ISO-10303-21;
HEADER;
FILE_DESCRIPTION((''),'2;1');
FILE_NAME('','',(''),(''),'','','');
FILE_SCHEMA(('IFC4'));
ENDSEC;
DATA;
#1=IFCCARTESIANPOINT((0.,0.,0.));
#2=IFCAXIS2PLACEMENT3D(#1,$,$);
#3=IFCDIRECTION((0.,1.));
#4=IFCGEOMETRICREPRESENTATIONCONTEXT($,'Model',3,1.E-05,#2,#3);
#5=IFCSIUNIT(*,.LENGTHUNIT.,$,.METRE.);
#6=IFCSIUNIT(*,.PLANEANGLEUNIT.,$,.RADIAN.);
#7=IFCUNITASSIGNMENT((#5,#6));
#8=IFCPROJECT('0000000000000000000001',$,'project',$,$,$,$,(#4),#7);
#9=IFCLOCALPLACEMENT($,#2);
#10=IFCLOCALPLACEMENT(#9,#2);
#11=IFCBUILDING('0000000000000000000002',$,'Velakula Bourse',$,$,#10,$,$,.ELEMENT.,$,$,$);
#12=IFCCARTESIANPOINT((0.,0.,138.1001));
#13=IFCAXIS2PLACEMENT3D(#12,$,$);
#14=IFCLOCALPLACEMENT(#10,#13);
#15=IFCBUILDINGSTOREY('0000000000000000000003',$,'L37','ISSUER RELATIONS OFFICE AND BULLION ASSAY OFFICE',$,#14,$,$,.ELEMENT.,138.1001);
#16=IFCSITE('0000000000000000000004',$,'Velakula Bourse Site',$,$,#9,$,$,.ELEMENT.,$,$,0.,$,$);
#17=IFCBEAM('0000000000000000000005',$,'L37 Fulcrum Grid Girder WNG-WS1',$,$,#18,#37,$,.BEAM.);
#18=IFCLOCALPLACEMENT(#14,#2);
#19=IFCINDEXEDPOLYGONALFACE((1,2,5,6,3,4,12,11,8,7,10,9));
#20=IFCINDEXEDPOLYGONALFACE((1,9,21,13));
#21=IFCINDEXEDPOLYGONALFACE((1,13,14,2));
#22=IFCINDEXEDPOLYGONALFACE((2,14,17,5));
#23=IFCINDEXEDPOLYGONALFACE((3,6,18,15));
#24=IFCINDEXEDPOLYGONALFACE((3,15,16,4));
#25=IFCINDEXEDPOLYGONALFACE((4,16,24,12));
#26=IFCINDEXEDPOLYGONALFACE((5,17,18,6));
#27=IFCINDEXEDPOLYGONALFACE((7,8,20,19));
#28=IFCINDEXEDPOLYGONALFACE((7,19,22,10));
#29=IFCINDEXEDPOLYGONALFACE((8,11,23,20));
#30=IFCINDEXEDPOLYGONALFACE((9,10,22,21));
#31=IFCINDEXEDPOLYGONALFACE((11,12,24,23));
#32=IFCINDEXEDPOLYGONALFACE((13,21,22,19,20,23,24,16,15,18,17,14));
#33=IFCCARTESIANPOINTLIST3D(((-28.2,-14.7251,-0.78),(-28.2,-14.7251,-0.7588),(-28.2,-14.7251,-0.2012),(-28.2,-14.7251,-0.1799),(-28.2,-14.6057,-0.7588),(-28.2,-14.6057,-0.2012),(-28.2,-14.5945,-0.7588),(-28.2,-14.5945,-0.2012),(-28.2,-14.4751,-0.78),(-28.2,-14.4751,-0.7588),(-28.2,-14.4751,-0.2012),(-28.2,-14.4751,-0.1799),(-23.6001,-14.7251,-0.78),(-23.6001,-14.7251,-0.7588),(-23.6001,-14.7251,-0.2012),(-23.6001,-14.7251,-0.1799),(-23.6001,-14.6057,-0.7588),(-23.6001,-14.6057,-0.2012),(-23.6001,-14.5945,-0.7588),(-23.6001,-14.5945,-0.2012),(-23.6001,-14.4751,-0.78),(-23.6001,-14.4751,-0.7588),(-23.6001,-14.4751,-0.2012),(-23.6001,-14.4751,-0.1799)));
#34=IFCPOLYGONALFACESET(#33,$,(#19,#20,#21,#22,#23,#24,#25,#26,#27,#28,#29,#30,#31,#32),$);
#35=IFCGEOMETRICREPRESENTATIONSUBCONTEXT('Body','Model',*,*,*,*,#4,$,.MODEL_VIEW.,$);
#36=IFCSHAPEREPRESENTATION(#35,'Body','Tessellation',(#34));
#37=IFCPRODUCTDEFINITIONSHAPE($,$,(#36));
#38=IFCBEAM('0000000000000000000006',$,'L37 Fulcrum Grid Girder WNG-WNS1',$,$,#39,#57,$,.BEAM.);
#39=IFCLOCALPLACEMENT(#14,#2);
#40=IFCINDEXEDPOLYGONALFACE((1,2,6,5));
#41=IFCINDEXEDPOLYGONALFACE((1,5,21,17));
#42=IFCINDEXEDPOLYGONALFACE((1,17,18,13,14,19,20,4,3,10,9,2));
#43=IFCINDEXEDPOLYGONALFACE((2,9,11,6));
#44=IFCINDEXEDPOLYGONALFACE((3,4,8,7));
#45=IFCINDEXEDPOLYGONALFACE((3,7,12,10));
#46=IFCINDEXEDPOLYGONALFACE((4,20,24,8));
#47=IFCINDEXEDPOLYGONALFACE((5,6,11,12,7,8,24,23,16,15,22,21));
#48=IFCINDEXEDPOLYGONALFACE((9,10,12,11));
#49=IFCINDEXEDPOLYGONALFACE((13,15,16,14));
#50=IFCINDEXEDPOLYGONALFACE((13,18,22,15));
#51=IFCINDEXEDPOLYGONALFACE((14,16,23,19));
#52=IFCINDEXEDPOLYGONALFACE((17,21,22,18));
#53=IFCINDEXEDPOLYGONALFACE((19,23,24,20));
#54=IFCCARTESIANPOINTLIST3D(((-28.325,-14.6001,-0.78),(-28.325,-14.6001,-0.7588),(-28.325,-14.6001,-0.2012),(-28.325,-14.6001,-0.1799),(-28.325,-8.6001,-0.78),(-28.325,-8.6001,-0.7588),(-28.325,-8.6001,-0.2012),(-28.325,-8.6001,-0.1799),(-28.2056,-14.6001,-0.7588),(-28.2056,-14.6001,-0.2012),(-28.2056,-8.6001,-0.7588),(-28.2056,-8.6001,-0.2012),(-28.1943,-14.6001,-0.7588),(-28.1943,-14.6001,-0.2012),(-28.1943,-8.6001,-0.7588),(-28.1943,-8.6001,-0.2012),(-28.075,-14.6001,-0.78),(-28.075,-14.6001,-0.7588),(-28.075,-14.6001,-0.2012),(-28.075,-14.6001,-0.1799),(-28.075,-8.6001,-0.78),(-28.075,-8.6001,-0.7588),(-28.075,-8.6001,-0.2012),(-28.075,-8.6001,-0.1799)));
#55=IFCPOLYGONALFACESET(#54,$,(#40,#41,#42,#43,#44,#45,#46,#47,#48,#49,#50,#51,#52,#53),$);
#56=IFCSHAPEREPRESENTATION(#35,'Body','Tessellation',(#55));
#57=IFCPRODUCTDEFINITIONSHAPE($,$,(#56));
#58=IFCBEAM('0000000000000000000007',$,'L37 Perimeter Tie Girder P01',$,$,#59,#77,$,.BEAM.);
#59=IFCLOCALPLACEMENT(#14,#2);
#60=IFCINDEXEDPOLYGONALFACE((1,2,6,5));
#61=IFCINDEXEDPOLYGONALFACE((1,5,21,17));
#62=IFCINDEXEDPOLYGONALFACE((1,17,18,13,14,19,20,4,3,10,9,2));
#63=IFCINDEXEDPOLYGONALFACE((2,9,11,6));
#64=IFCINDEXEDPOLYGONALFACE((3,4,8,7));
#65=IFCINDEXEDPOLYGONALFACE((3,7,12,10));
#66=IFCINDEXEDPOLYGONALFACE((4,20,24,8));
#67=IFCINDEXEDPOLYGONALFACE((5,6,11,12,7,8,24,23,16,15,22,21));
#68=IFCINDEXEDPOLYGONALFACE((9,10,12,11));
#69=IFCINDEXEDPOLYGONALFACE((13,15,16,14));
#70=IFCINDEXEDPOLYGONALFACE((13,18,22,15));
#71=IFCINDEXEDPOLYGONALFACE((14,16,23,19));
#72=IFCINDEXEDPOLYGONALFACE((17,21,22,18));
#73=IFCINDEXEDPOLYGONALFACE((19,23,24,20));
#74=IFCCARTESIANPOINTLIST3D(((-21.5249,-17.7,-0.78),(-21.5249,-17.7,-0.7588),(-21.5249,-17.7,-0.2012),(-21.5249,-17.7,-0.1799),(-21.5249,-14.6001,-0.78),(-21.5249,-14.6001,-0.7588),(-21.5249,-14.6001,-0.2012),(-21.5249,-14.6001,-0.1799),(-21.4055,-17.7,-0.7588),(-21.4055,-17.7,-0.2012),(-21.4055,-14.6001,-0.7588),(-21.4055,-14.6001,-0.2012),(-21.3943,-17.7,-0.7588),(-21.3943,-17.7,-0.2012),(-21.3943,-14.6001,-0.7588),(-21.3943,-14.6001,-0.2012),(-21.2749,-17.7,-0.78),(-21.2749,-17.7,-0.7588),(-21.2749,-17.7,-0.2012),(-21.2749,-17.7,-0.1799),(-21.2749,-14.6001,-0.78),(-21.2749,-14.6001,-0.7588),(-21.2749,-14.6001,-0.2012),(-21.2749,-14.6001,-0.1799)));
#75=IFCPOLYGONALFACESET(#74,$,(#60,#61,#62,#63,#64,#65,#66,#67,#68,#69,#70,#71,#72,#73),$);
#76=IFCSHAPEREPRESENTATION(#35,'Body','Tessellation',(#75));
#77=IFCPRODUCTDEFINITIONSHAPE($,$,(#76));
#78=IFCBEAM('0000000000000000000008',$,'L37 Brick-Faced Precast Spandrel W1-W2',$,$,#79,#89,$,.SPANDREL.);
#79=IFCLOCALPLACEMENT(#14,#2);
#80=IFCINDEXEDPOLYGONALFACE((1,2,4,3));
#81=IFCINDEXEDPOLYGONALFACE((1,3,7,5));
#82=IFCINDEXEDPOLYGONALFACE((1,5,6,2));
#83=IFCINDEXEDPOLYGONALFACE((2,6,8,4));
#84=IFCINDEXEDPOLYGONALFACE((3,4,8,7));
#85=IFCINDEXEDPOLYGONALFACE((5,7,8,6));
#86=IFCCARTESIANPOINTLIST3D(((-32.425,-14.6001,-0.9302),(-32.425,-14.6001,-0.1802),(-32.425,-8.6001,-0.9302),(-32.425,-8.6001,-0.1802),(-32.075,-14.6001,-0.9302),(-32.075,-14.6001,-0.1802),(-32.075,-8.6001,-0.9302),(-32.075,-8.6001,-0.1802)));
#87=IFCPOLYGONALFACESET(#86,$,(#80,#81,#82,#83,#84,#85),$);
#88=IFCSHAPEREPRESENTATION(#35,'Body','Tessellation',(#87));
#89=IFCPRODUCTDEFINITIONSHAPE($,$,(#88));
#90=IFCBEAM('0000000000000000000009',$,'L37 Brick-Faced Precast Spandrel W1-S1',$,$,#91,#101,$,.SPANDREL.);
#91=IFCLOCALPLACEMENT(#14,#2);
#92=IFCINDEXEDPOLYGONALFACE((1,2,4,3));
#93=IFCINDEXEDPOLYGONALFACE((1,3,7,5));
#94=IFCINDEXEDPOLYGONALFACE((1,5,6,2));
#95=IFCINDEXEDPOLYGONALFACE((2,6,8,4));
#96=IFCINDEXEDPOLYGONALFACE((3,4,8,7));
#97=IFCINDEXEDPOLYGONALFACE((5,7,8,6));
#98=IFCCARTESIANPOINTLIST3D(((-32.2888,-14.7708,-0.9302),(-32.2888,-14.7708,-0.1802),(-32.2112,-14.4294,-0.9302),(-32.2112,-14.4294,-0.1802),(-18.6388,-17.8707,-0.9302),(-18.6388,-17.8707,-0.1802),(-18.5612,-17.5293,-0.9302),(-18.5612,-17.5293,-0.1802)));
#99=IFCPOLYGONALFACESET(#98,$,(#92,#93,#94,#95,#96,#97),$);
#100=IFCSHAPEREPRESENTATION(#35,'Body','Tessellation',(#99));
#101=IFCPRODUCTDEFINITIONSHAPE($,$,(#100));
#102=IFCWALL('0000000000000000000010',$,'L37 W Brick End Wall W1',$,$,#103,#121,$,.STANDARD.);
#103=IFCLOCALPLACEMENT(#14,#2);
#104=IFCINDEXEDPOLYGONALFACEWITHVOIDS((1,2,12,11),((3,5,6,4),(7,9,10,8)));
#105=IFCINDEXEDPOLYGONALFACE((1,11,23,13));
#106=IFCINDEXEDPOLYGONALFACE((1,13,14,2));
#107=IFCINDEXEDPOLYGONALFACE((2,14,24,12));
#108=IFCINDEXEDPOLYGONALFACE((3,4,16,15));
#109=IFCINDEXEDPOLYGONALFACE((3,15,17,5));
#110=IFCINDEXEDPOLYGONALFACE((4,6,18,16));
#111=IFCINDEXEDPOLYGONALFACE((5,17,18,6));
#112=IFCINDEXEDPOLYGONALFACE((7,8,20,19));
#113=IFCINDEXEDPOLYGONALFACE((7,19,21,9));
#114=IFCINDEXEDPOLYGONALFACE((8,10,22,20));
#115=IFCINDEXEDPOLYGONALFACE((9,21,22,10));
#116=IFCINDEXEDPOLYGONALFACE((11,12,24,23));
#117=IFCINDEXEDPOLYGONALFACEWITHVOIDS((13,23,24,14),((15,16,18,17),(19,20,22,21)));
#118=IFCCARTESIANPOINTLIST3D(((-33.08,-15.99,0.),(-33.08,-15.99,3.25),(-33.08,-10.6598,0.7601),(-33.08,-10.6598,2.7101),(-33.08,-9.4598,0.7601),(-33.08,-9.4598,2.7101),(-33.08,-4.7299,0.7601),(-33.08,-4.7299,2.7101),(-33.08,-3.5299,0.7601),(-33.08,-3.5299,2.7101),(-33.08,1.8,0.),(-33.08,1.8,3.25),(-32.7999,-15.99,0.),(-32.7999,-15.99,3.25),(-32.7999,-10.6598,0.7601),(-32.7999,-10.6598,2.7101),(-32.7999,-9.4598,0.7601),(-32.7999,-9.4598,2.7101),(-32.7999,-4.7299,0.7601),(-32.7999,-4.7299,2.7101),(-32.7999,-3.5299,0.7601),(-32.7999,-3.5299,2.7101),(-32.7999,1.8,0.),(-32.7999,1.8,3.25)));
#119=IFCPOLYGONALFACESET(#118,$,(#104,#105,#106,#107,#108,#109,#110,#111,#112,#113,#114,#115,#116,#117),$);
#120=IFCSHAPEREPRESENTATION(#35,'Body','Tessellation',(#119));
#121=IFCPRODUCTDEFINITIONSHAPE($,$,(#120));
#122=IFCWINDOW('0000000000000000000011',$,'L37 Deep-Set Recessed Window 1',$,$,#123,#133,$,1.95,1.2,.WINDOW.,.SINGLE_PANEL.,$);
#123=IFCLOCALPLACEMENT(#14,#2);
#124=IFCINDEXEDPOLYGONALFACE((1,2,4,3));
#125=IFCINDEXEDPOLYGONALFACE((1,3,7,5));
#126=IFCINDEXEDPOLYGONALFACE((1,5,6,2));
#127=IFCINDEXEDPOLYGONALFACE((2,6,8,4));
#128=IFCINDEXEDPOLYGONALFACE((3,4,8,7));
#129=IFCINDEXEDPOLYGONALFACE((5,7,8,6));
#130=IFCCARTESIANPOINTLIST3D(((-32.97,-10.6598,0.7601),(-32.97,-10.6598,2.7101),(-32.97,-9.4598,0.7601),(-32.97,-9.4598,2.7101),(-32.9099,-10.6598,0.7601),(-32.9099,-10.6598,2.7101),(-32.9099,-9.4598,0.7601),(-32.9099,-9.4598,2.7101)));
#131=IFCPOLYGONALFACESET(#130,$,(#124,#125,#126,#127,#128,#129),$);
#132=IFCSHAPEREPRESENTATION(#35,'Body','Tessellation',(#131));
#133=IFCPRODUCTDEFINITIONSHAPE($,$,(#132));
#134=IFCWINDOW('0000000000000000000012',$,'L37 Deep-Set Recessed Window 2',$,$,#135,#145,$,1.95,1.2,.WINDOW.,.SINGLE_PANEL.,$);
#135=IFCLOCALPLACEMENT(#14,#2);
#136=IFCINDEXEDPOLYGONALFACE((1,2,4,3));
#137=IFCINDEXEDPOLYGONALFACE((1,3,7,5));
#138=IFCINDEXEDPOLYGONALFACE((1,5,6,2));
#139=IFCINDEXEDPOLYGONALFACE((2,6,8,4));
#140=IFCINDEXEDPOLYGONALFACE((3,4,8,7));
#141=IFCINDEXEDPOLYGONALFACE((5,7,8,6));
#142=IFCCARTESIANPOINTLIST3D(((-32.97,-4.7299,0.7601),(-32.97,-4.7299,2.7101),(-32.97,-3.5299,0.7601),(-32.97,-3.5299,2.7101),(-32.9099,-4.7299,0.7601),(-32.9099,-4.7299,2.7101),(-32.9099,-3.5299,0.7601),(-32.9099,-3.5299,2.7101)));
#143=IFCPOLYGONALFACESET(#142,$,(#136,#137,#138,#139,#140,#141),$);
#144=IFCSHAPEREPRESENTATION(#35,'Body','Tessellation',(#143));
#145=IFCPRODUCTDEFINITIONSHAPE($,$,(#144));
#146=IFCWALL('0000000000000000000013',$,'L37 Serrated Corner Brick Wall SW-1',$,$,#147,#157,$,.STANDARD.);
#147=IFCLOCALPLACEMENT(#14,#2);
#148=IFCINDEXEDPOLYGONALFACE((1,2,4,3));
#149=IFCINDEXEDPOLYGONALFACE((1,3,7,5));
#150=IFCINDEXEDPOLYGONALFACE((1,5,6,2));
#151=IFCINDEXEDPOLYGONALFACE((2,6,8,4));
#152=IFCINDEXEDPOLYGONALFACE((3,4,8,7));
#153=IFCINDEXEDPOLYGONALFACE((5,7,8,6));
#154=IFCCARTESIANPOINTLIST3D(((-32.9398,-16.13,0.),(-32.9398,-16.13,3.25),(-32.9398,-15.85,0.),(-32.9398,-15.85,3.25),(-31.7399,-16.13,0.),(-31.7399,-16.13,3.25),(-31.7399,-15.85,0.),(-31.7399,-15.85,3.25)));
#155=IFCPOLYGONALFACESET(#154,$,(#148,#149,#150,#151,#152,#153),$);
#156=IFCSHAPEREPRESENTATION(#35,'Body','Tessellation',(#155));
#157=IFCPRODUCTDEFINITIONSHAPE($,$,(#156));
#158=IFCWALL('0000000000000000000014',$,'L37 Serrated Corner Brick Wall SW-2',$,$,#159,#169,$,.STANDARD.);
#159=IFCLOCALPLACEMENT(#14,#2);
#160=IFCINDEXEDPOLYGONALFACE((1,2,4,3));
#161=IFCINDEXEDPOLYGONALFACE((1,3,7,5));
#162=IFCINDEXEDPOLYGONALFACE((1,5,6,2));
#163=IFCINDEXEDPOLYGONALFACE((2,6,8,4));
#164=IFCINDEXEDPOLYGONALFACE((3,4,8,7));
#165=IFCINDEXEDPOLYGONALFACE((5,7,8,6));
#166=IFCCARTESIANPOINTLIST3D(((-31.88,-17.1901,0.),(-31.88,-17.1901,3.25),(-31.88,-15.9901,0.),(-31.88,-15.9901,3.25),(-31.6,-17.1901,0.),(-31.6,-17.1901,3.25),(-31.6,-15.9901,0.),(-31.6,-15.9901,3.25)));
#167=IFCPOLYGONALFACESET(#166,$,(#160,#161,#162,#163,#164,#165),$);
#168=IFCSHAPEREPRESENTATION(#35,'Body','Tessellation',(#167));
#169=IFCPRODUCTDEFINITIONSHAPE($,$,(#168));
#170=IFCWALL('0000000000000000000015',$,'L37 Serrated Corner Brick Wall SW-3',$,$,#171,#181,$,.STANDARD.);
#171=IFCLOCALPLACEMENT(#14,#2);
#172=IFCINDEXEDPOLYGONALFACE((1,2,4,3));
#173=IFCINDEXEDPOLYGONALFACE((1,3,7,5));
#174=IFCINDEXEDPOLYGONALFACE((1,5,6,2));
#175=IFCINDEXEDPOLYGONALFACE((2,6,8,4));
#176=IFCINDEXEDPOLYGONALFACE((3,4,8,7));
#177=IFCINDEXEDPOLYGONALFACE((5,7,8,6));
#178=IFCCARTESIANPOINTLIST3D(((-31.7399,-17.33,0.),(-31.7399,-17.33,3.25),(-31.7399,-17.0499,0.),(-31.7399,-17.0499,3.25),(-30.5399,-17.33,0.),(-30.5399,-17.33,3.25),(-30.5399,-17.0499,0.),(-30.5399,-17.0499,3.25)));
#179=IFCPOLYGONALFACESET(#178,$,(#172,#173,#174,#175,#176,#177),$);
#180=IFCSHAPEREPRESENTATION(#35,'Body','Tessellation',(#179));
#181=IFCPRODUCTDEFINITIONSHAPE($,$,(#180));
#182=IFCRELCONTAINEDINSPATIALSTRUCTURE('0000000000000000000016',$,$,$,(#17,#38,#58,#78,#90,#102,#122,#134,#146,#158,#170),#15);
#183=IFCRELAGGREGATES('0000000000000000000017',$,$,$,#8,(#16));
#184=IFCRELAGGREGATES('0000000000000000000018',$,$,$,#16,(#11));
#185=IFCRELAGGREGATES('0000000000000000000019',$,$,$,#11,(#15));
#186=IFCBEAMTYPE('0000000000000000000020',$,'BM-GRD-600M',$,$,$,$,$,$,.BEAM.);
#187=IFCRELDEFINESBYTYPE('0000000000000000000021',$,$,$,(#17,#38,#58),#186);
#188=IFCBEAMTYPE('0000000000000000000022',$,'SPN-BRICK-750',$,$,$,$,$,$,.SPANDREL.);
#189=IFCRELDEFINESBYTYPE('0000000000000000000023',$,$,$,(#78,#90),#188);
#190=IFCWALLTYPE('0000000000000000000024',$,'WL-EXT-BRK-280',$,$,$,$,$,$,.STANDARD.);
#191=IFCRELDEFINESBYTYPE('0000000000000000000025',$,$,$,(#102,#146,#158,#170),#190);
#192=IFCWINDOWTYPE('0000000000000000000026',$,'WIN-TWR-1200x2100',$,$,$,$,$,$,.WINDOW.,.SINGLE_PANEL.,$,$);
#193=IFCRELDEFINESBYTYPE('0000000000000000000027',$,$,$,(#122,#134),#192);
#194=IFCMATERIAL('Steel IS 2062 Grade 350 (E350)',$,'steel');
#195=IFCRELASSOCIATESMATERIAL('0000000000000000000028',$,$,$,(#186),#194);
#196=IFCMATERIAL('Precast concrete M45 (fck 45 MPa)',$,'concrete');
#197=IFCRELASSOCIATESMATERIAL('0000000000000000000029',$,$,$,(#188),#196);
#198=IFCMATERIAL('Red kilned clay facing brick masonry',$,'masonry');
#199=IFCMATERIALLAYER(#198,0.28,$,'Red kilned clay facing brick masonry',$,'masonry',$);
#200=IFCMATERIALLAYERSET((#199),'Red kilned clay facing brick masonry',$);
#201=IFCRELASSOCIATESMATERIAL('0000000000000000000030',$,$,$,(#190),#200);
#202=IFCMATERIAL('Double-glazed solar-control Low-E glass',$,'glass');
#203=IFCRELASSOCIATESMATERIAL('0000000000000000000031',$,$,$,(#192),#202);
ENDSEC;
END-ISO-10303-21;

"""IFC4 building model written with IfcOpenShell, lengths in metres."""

from ifc_helpers import new_model, si_unit, direction, frame, frame_2d, origin, origin_2d, place, context, subcontext, project, spatial, rectangle, i_section, extrude, material, layer, layer_set, material_profile, profile_set, type_object, element, fill, save


model = new_model("IFC4")

# Units and contexts
model_context = context("Model", 3, precision=1e-05, world=origin(), true_north=direction((0.0, 1.0)))
body_context = subcontext(model_context, "Body", "Model", "MODEL_VIEW")
ifc_project = project(units=[si_unit("LENGTHUNIT", "METRE"), si_unit("PLANEANGLEUNIT", "RADIAN")], contexts=[model_context])

# Site, building, storey
site_placement = place(None, origin())
site = spatial("IfcSite", under=ifc_project, at=site_placement, Name="Velakula Bourse Site", CompositionType="ELEMENT", RefElevation=0.0)
building_placement = place(site_placement, origin())
building = spatial("IfcBuilding", under=site, at=building_placement, Name="Velakula Bourse", CompositionType="ELEMENT")
storey_placement = place(building_placement, frame((0.0, 0.0, 138.1001)))
storey = spatial("IfcBuildingStorey", under=building, at=storey_placement, Name="L37", Description="ISSUER RELATIONS OFFICE AND BULLION ASSAY OFFICE", CompositionType="ELEMENT", Elevation=138.1001)

# Shared definitions
ifc_material_1 = material(Name="Steel IS 2062 Grade 350 (E350)", Category="steel")
ifc_material_2 = material(Name="Precast concrete M45 (fck 45 MPa)", Category="concrete")

# Beams
ifc_material_profile_1 = material_profile(ifc_material_1, i_section(OverallWidth=0.25, OverallDepth=0.6001, WebThickness=0.0112, FlangeThickness=0.0212, at=origin_2d()), Name="Steel IS 2062 Grade 350 (E350)")
ifc_profile_set_1 = profile_set([ifc_material_profile_1], Name="Steel IS 2062 Grade 350 (E350)")
beam_type_1 = type_object("IfcBeamType", Name="BM-GRD-600M", PredefinedType="BEAM", material=ifc_profile_set_1)
beam_1_placement = place(storey_placement, frame((-28.2, -14.6001, -0.48), z_axis=(1.0, 0.0, 0.0), x_axis=(0.0, 1.0, 0.0)))
element("IfcBeam", 1, at=beam_1_placement, inside=storey, type_object=beam_type_1, Name="L37 Fulcrum Grid Girder WNG-WS1", PredefinedType="BEAM", context=body_context, shape_type="SweptSolid", body=[
    extrude(i_section(OverallWidth=0.25, OverallDepth=0.6001, WebThickness=0.0112, FlangeThickness=0.0212, at=origin_2d()), origin(), (0.0, 0.0, 1.0), 4.5999),
])
beam_2_placement = place(storey_placement, frame((-28.2, -14.6001, -0.48), z_axis=(0.0, 1.0, 0.0), x_axis=(-1.0, 0.0, 0.0)))
element("IfcBeam", 2, at=beam_2_placement, inside=storey, type_object=beam_type_1, Name="L37 Fulcrum Grid Girder WNG-WNS1", PredefinedType="BEAM", context=body_context, shape_type="SweptSolid", body=[
    extrude(i_section(OverallWidth=0.25, OverallDepth=0.6001, WebThickness=0.0112, FlangeThickness=0.0212, at=origin_2d()), origin(), (0.0, 0.0, 1.0), 6.0),
])
beam_3_placement = place(storey_placement, frame((-21.3999, -14.6001, -0.48), z_axis=(0.0, -1.0, 0.0), x_axis=(1.0, 0.0, 0.0)))
element("IfcBeam", 3, at=beam_3_placement, inside=storey, type_object=beam_type_1, Name="L37 Perimeter Tie Girder P01", PredefinedType="BEAM", context=body_context, shape_type="SweptSolid", body=[
    extrude(i_section(OverallWidth=0.25, OverallDepth=0.6001, WebThickness=0.0112, FlangeThickness=0.0212, at=origin_2d()), origin(), (0.0, 0.0, 1.0), 3.0999),
])
ifc_material_profile_2 = material_profile(ifc_material_2, rectangle(XDim=0.3501, YDim=0.75, at=origin_2d()), Name="Precast concrete M45 (fck 45 MPa)")
ifc_profile_set_2 = profile_set([ifc_material_profile_2], Name="Precast concrete M45 (fck 45 MPa)")
beam_type_2 = type_object("IfcBeamType", Name="SPN-BRICK-750", PredefinedType="SPANDREL", material=ifc_profile_set_2)
beam_4_placement = place(storey_placement, frame((-32.25, -14.6001, -0.5552), z_axis=(0.0, 1.0, 0.0), x_axis=(-1.0, 0.0, 0.0)))
element("IfcBeam", 4, at=beam_4_placement, inside=storey, type_object=beam_type_2, Name="L37 Brick-Faced Precast Spandrel W1-W2", PredefinedType="SPANDREL", context=body_context, shape_type="SweptSolid", body=[
    extrude(rectangle(XDim=0.3501, YDim=0.75, at=origin_2d()), origin(), (0.0, 0.0, 1.0), 6.0),
])
beam_5_placement = place(storey_placement, frame((-32.25, -14.6001, -0.5552), z_axis=(0.97517, -0.221458, 0.0), x_axis=(0.221458, 0.97517, 0.0)))
element("IfcBeam", 5, at=beam_5_placement, inside=storey, type_object=beam_type_2, Name="L37 Brick-Faced Precast Spandrel W1-S1", PredefinedType="SPANDREL", context=body_context, shape_type="SweptSolid", body=[
    extrude(rectangle(XDim=0.3501, YDim=0.75, at=origin_2d()), origin(), (0.0, 0.0, 1.0), 13.9976),
])

# Wall, openings, windows
ifc_material_3 = material(Name="Red kilned clay facing brick masonry", Category="masonry")
ifc_layer_1 = layer(ifc_material_3, 0.28, Name="Red kilned clay facing brick masonry", Category="masonry")
ifc_layer_set_1 = layer_set([ifc_layer_1], Name="Red kilned clay facing brick masonry")
wall_type_1 = type_object("IfcWallType", Name="WL-EXT-BRK-280", PredefinedType="STANDARD", material=ifc_layer_set_1)
wall_1_placement = place(storey_placement, frame((-32.9399, -15.99, 0.0), z_axis=(0.0, 0.0, 1.0), x_axis=(0.0, 1.0, 0.0)))
wall_1 = element("IfcWall", 6, at=wall_1_placement, inside=storey, type_object=wall_type_1, Name="L37 W Brick End Wall W1", PredefinedType="STANDARD", context=body_context, shape_type="SweptSolid", body=[
    extrude(rectangle(XDim=17.79, YDim=0.28, at=frame_2d((8.895, 0.0))), origin(), (0.0, 0.0, 1.0), 3.25),
])
opening_1_placement = place(wall_1_placement, frame((5.3301, 0.0, 0.76)))
opening_1 = element("IfcOpeningElement", 7, at=opening_1_placement, cuts=wall_1, PredefinedType="OPENING", context=body_context, shape_type="SweptSolid", body=[
    extrude(rectangle(XDim=1.2, YDim=1.95, at=frame_2d((0.6001, 0.9751))), frame((0.0, 0.1499, 0.0), z_axis=(0.0, -1.0, 0.0), x_axis=(1.0, 0.0, 0.0)), (0.0, 0.0, 1.0), 0.3),
])
opening_2_placement = place(wall_1_placement, frame((11.26, 0.0, 0.76)))
opening_2 = element("IfcOpeningElement", 8, at=opening_2_placement, cuts=wall_1, PredefinedType="OPENING", context=body_context, shape_type="SweptSolid", body=[
    extrude(rectangle(XDim=1.2, YDim=1.95, at=frame_2d((0.6001, 0.9751))), frame((0.0, 0.1499, 0.0), z_axis=(0.0, -1.0, 0.0), x_axis=(1.0, 0.0, 0.0)), (0.0, 0.0, 1.0), 0.3),
])
ifc_material_4 = material(Name="Double-glazed solar-control Low-E glass", Category="glass")
window_type = type_object("IfcWindowType", Name="WIN-TWR-1200x2100", PartitioningType="SINGLE_PANEL", PredefinedType="WINDOW", material=ifc_material_4)
window_1_placement = place(opening_1_placement, origin())
window_1 = element("IfcWindow", 9, at=window_1_placement, inside=storey, type_object=window_type, Name="L37 Deep-Set Recessed Window 1", OverallHeight=1.95, OverallWidth=1.2, PartitioningType="SINGLE_PANEL", PredefinedType="WINDOW", context=body_context, shape_type="SweptSolid", body=[
    extrude(rectangle(XDim=1.2, YDim=1.95, at=frame_2d((0.6001, 0.9751))), frame((0.0, 0.03, 0.0), z_axis=(0.0, -1.0, 0.0), x_axis=(1.0, 0.0, 0.0)), (0.0, 0.0, 1.0), 0.0601),
])
fill(opening_1, window_1)
window_2_placement = place(opening_2_placement, origin())
window_2 = element("IfcWindow", 10, at=window_2_placement, inside=storey, type_object=window_type, Name="L37 Deep-Set Recessed Window 2", OverallHeight=1.95, OverallWidth=1.2, PartitioningType="SINGLE_PANEL", PredefinedType="WINDOW", context=body_context, shape_type="SweptSolid", body=[
    extrude(rectangle(XDim=1.2, YDim=1.95, at=frame_2d((0.6001, 0.9751))), frame((0.0, 0.03, 0.0), z_axis=(0.0, -1.0, 0.0), x_axis=(1.0, 0.0, 0.0)), (0.0, 0.0, 1.0), 0.0601),
])
fill(opening_2, window_2)

# Walls
for number, where, z_axis, x_axis, name in (
    (11, (-32.9399, -15.99, 0.0), (0.0, 0.0, 1.0), (1.0, 0.0, 0.0), "L37 Serrated Corner Brick Wall SW-1"),
    (12, (-31.74, -15.99, 0.0), (0.0, 0.0, 1.0), (0.0, -1.0, 0.0), "L37 Serrated Corner Brick Wall SW-2"),
    (13, (-31.74, -17.1899, 0.0), (0.0, 0.0, 1.0), (1.0, 0.0, 0.0), "L37 Serrated Corner Brick Wall SW-3"),
):
    element("IfcWall", number, at=place(storey_placement, frame(where, z_axis=z_axis, x_axis=x_axis)), inside=storey, type_object=wall_type_1, Name=name, PredefinedType="STANDARD", context=body_context, shape_type="SweptSolid", body=[
        extrude(rectangle(XDim=1.2, YDim=0.28, at=frame_2d((0.6001, 0.0))), origin(), (0.0, 0.0, 1.0), 3.25),
    ])

save(model, "model.ifc")
